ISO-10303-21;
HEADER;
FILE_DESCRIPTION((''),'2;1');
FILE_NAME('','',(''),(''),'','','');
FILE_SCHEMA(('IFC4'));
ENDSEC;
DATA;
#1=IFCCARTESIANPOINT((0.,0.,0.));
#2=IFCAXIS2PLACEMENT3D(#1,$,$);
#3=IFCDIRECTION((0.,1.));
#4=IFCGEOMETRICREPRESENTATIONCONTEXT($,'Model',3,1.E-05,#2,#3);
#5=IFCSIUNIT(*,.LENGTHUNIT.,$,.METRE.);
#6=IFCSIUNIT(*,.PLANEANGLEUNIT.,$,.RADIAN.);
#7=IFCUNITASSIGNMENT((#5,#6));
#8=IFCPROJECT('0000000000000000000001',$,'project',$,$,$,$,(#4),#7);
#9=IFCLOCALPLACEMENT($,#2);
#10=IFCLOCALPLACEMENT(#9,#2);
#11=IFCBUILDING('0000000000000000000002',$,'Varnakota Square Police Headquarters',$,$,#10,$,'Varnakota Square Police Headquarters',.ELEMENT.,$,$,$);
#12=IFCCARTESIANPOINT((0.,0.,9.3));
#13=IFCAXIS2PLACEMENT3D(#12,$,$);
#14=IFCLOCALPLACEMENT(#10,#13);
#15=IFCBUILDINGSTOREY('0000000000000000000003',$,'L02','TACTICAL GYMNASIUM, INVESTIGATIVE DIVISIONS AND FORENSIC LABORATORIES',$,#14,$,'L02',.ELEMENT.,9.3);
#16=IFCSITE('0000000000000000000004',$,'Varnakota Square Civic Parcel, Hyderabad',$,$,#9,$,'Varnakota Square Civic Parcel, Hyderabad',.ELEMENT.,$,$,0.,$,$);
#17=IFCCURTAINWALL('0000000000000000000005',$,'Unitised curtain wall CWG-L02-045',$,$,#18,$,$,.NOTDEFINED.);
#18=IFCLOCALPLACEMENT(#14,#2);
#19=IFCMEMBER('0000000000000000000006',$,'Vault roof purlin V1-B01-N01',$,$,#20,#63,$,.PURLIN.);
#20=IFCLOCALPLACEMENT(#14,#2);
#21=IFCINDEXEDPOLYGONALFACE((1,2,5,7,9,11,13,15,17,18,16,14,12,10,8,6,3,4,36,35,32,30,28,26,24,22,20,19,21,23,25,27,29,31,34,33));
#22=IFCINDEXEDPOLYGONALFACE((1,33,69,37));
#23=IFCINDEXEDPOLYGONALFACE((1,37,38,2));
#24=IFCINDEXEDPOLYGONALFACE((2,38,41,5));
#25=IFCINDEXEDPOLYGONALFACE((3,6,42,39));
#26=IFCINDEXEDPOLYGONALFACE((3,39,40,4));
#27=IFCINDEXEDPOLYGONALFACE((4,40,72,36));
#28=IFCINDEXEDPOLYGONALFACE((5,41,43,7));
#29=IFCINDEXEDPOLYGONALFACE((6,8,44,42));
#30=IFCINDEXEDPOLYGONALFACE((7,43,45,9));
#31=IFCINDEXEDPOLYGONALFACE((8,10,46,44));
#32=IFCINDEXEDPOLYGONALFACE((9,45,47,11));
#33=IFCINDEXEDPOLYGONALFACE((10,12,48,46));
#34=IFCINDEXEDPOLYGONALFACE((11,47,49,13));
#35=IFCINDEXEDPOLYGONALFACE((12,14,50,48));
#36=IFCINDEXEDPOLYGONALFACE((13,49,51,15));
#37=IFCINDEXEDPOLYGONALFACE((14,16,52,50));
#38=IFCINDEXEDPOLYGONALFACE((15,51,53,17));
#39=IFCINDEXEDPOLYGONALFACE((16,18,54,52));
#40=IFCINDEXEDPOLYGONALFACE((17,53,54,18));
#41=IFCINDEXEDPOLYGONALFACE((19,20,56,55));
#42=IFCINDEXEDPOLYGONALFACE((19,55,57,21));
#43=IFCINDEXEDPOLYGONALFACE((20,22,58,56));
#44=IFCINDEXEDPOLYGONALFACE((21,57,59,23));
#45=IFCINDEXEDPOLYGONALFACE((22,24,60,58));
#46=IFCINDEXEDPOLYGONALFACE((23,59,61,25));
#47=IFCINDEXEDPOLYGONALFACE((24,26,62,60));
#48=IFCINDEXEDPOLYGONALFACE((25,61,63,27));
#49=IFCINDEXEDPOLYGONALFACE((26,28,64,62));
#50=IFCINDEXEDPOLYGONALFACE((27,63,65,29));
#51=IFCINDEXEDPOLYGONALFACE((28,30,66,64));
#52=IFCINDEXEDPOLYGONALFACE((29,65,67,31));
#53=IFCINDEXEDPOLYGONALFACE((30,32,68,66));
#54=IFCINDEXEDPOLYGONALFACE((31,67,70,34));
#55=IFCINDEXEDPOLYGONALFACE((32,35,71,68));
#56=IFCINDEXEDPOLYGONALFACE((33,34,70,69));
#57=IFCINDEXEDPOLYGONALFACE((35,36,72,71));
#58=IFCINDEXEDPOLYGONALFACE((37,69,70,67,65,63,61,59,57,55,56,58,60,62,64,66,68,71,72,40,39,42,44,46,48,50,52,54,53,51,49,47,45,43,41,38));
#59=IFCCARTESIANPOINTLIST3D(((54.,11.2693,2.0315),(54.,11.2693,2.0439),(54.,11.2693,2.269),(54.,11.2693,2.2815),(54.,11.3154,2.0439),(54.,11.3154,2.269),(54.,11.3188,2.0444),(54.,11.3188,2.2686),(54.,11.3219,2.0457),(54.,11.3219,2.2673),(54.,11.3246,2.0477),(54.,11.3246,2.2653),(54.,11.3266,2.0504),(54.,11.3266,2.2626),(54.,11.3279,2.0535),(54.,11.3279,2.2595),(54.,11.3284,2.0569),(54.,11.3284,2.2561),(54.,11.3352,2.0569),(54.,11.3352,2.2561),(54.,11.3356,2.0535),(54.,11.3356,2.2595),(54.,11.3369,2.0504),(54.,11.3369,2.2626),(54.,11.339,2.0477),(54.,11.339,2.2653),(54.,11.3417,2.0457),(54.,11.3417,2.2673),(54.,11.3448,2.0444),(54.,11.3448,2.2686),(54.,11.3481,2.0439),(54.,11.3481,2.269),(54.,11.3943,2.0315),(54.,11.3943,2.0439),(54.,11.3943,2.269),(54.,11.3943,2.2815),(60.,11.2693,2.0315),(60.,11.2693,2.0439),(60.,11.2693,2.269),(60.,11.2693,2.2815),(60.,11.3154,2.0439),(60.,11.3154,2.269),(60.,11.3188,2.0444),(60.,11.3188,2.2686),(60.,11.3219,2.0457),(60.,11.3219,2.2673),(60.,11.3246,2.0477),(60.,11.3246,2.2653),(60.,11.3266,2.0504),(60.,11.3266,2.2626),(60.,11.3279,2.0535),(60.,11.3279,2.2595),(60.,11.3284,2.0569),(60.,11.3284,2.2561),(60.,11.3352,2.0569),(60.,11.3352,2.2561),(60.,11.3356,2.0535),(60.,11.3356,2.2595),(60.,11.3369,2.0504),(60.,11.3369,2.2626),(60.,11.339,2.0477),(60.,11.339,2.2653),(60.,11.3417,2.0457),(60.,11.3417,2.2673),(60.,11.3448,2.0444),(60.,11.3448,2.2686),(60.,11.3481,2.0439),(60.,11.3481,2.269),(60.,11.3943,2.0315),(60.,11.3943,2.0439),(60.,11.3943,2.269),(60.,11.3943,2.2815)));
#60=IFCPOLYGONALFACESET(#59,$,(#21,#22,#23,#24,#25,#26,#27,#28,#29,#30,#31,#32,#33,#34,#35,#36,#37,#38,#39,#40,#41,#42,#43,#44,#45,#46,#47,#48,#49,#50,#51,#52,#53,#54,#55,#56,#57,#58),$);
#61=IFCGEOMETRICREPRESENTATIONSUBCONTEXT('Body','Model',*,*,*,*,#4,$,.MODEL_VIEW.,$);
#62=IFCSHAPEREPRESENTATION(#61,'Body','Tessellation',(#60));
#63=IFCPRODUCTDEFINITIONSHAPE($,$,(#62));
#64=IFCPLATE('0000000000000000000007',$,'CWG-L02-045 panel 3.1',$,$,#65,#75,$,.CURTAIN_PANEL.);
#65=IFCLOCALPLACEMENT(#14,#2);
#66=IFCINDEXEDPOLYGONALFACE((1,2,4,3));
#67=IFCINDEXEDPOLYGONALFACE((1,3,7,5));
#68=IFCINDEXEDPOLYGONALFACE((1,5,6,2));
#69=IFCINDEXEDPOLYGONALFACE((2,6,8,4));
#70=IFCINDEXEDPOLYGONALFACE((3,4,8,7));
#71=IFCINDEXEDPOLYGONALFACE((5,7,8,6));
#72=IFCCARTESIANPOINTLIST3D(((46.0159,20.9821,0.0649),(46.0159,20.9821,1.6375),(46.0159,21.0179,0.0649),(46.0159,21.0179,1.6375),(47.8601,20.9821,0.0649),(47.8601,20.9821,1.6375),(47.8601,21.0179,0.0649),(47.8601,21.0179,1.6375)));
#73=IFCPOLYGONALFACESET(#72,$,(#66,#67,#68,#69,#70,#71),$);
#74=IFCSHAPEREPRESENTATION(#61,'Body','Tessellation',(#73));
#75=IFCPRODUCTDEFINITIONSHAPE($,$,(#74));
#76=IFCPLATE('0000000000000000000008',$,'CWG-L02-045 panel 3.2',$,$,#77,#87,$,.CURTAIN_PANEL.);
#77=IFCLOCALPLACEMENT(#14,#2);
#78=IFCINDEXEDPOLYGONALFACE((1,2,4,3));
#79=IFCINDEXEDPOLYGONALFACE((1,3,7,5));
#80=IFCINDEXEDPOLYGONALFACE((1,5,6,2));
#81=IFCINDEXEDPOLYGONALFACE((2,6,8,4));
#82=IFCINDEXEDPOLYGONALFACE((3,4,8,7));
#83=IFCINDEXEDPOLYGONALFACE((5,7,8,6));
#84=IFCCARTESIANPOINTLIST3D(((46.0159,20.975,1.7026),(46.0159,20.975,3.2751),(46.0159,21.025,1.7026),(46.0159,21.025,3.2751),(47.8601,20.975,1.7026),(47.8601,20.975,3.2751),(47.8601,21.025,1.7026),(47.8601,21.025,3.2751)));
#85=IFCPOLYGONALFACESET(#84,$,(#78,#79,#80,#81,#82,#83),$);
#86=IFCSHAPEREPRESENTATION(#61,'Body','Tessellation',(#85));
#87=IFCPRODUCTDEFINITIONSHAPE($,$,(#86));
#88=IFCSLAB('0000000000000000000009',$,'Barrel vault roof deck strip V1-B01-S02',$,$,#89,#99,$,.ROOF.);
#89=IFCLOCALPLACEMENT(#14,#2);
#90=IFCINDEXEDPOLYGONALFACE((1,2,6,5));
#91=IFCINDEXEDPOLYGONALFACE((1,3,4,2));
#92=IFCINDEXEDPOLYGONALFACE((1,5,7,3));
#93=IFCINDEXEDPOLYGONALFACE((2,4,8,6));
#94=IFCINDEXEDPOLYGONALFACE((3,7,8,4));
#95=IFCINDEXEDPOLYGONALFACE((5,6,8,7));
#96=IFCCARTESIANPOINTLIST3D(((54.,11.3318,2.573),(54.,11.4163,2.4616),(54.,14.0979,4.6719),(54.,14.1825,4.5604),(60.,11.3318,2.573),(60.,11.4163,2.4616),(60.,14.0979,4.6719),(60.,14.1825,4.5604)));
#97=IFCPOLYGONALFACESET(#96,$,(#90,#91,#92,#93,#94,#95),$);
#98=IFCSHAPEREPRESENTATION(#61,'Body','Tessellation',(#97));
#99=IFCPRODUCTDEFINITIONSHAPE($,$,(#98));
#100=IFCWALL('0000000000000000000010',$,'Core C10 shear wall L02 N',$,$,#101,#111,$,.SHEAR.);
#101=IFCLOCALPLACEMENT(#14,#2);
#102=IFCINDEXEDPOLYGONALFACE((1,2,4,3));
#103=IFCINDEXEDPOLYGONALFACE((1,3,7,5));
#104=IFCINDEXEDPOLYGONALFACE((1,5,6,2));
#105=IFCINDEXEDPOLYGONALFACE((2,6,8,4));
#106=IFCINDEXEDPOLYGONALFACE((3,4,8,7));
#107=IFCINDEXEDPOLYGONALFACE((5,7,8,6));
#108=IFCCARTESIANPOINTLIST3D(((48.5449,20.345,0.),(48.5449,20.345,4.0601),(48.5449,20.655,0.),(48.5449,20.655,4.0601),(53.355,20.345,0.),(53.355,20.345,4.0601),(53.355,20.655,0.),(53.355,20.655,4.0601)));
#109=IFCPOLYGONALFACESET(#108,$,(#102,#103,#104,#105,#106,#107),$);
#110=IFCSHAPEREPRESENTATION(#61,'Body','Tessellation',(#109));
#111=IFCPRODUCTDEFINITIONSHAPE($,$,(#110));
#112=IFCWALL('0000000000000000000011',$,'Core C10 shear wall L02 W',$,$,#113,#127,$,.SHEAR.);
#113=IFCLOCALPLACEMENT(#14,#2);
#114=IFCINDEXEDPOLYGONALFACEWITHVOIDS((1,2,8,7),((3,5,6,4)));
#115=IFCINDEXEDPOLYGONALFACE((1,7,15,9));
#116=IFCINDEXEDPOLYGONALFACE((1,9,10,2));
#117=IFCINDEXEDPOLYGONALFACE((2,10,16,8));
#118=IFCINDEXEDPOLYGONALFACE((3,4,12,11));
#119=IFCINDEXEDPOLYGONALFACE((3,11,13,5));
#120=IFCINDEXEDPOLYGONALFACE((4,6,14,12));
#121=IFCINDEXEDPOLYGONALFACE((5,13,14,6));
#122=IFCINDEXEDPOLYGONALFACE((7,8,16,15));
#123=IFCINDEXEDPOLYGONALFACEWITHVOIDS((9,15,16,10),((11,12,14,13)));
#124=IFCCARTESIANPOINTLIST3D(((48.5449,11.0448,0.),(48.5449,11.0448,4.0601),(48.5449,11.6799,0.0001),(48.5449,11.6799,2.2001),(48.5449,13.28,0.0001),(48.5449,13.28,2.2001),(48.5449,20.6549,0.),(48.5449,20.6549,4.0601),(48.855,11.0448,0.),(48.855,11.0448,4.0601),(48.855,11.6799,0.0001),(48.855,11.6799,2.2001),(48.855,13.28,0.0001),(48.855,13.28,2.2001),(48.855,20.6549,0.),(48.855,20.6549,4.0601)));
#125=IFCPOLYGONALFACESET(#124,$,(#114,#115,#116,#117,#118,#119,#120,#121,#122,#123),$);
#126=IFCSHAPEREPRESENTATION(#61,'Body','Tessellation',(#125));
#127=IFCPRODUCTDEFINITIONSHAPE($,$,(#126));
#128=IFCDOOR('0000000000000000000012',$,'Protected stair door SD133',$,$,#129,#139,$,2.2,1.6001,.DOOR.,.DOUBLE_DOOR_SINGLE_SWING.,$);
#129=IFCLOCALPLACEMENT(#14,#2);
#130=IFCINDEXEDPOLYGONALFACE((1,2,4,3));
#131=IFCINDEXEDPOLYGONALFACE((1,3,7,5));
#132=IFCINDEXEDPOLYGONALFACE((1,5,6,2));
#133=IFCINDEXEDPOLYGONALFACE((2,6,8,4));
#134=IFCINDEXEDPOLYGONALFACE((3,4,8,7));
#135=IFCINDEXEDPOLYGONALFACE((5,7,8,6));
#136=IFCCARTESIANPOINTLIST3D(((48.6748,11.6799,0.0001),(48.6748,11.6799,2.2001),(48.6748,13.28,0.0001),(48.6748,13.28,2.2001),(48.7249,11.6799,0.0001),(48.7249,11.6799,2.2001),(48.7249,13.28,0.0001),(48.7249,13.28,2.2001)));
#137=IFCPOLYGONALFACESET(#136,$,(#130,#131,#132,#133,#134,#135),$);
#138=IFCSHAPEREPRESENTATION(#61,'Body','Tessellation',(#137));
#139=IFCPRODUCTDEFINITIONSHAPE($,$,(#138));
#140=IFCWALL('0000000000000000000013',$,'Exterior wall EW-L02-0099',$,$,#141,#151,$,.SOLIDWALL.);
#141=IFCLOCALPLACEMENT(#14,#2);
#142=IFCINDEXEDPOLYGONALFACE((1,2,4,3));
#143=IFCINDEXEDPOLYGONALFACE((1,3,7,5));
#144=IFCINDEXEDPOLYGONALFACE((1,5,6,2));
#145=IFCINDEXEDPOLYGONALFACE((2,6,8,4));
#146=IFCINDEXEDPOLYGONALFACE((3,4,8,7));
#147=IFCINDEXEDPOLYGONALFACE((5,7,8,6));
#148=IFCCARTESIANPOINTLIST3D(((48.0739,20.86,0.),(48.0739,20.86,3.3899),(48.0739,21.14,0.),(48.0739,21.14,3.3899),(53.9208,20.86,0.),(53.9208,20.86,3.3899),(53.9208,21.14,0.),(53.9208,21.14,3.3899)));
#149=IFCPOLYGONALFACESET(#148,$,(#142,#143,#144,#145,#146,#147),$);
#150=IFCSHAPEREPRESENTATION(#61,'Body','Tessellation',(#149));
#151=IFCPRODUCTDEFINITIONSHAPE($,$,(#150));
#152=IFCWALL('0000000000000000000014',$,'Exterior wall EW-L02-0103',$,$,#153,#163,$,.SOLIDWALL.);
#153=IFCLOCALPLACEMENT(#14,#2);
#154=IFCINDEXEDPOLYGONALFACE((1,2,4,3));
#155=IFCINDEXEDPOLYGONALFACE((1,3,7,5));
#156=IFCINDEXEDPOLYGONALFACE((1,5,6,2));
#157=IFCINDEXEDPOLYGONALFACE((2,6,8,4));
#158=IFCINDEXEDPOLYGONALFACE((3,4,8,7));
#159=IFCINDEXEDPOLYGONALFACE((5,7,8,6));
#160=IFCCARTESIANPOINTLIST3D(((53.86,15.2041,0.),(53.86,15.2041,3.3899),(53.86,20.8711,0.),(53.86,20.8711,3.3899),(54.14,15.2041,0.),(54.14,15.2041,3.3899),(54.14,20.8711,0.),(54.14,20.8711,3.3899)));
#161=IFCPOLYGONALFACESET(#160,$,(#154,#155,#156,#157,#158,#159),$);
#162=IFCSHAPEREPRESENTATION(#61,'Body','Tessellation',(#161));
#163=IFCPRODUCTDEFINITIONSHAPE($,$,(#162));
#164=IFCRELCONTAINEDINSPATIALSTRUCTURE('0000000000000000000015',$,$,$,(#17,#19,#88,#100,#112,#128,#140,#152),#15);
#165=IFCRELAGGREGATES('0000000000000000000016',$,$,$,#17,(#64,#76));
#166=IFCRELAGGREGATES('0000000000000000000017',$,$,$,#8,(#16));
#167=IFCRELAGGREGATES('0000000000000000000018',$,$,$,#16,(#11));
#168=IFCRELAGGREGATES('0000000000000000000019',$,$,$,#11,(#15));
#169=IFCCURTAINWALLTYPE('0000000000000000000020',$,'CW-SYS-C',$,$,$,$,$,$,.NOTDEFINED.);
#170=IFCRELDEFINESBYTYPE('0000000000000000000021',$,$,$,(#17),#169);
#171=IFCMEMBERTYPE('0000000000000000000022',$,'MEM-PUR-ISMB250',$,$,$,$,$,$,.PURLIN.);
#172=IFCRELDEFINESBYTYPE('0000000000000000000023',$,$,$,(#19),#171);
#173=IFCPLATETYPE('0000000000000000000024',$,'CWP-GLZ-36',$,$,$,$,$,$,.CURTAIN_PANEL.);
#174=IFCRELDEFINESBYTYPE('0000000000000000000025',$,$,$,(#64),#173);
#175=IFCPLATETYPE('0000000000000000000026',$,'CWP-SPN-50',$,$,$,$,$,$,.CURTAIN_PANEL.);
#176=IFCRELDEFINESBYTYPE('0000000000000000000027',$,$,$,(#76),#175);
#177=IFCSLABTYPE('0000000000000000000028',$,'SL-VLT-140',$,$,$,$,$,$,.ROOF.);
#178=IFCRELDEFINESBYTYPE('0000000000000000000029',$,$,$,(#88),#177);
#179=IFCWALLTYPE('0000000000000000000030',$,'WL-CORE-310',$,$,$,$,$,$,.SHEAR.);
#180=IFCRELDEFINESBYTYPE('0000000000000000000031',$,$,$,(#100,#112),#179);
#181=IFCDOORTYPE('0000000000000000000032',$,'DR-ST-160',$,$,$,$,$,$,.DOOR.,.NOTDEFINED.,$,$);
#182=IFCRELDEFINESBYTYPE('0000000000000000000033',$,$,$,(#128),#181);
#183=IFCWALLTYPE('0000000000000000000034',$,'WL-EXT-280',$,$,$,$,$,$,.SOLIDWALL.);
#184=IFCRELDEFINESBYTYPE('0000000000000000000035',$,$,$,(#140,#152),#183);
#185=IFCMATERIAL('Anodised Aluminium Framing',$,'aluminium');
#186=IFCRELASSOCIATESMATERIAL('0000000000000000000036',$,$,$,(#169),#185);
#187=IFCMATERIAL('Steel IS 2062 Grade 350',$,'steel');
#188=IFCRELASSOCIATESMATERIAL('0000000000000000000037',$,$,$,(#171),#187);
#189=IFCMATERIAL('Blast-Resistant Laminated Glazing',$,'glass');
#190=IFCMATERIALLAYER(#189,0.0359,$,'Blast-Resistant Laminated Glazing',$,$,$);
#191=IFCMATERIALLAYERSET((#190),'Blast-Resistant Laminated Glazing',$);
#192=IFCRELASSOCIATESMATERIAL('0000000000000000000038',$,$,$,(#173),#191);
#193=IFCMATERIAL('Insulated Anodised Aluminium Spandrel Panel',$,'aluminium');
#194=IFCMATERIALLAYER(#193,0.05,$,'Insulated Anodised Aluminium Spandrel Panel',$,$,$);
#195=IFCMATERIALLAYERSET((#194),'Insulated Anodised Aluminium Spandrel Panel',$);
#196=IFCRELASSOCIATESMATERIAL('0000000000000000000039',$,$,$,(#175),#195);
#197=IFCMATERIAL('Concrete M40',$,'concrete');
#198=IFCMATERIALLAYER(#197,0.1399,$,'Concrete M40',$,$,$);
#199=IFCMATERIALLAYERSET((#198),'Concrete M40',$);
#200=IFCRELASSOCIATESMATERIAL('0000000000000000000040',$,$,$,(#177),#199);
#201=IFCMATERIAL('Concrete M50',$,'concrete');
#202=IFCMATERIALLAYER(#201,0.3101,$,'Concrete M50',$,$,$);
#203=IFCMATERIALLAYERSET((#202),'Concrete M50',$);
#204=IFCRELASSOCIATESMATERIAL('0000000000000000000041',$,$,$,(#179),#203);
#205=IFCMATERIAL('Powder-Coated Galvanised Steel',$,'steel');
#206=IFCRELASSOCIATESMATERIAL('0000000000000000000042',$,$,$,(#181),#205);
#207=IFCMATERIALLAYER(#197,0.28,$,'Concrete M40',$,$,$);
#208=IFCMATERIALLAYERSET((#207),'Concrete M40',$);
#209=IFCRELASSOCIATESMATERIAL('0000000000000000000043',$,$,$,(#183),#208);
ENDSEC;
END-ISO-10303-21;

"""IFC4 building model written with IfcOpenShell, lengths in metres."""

from ifc_helpers import new_model, si_unit, direction, frame, frame_2d, origin, origin_2d, place, context, subcontext, project, spatial, polyline, rectangle, i_section, outline, extrude, material, layer, layer_set, material_profile, profile_set, type_object, element, fill, aggregate, save


model = new_model("IFC4")

# Units and contexts
model_context = context("Model", 3, precision=1e-05, world=origin(), true_north=direction((0.0, 1.0)))
body_context = subcontext(model_context, "Body", "Model", "MODEL_VIEW")
ifc_project = project(units=[si_unit("LENGTHUNIT", "METRE"), si_unit("PLANEANGLEUNIT", "RADIAN")], contexts=[model_context])

# Site, building, storey
site_placement = place(None, origin())
site = spatial("IfcSite", under=ifc_project, at=site_placement, Name="Varnakota Square Civic Parcel, Hyderabad", LongName="Varnakota Square Civic Parcel, Hyderabad", CompositionType="ELEMENT", RefElevation=0.0)
building_placement = place(site_placement, origin())
building = spatial("IfcBuilding", under=site, at=building_placement, Name="Varnakota Square Police Headquarters", LongName="Varnakota Square Police Headquarters", CompositionType="ELEMENT")
storey_placement = place(building_placement, frame((0.0, 0.0, 9.3)))
storey = spatial("IfcBuildingStorey", under=building, at=storey_placement, Name="L02", Description="TACTICAL GYMNASIUM, INVESTIGATIVE DIVISIONS AND FORENSIC LABORATORIES", LongName="L02", CompositionType="ELEMENT", Elevation=9.3)

# Shared definitions
ifc_material_1 = material(Name="Steel IS 2062 Grade 350", Category="steel")

# Curtain wall
ifc_material_2 = material(Name="Anodised Aluminium Framing", Category="aluminium")
curtain_wall_type = type_object("IfcCurtainWallType", Name="CW-SYS-C", PredefinedType="NOTDEFINED", material=ifc_material_2)
curtain_wall_placement = place(storey_placement, origin())
curtain_wall = element("IfcCurtainWall", 1, at=curtain_wall_placement, inside=storey, type_object=curtain_wall_type, Name="Unitised curtain wall CWG-L02-045", PredefinedType="NOTDEFINED")

# Member
ifc_material_profile_1 = material_profile(ifc_material_1, i_section(OverallWidth=0.125, OverallDepth=0.25, WebThickness=0.0068, FlangeThickness=0.0125, FilletRadius=0.0129, at=origin_2d()), Name="ISMB 250")
ifc_profile_set_1 = profile_set([ifc_material_profile_1], Name="Steel IS 2062 Grade 350")
member_type_1 = type_object("IfcMemberType", Name="MEM-PUR-ISMB250", PredefinedType="PURLIN", material=ifc_profile_set_1)
member_1_placement = place(storey_placement, frame((54.0, 11.3318, 2.1565), z_axis=(1.0, 0.0, 0.0), x_axis=(0.0, 1.0, 0.0)))
element("IfcMember", 2, at=member_1_placement, inside=storey, type_object=member_type_1, Name="Vault roof purlin V1-B01-N01", PredefinedType="PURLIN", context=body_context, shape_type="SweptSolid", body=[
    extrude(i_section(OverallWidth=0.125, OverallDepth=0.25, WebThickness=0.0068, FlangeThickness=0.0125, FilletRadius=0.0129, at=origin_2d()), origin(), (0.0, 0.0, 1.0), 6.0),
])

# Plates
ifc_material_3 = material(Name="Blast-Resistant Laminated Glazing", Category="glass")
ifc_layer_1 = layer(ifc_material_3, 0.0359, Name="Blast-Resistant Laminated Glazing")
ifc_layer_set_1 = layer_set([ifc_layer_1], Name="Blast-Resistant Laminated Glazing")
plate_type_1 = type_object("IfcPlateType", Name="CWP-GLZ-36", PredefinedType="CURTAIN_PANEL", material=ifc_layer_set_1)
plate_1_placement = place(storey_placement, frame((46.938, 21.0, 0.0649), z_axis=(0.0, 0.0, 1.0), x_axis=(1.0, 0.0, 0.0)))
plate_1 = element("IfcPlate", 3, at=plate_1_placement, type_object=plate_type_1, Name="CWG-L02-045 panel 3.1", PredefinedType="CURTAIN_PANEL", context=body_context, shape_type="SweptSolid", body=[
    extrude(rectangle(XDim=1.8442, YDim=0.0359, at=origin_2d()), origin(), (0.0, 0.0, 1.0), 1.5725),
])
ifc_material_4 = material(Name="Insulated Anodised Aluminium Spandrel Panel", Category="aluminium")
ifc_layer_2 = layer(ifc_material_4, 0.05, Name="Insulated Anodised Aluminium Spandrel Panel")
ifc_layer_set_2 = layer_set([ifc_layer_2], Name="Insulated Anodised Aluminium Spandrel Panel")
plate_type_2 = type_object("IfcPlateType", Name="CWP-SPN-50", PredefinedType="CURTAIN_PANEL", material=ifc_layer_set_2)
plate_2_placement = place(storey_placement, frame((46.938, 21.0, 1.7026), z_axis=(0.0, 0.0, 1.0), x_axis=(1.0, 0.0, 0.0)))
plate_2 = element("IfcPlate", 4, at=plate_2_placement, type_object=plate_type_2, Name="CWG-L02-045 panel 3.2", PredefinedType="CURTAIN_PANEL", context=body_context, shape_type="SweptSolid", body=[
    extrude(rectangle(XDim=1.8442, YDim=0.05, at=origin_2d()), origin(), (0.0, 0.0, 1.0), 1.5725),
])
aggregate(curtain_wall, [plate_1, plate_2])

# Slab
ifc_material_5 = material(Name="Concrete M40", Category="concrete")
ifc_layer_3 = layer(ifc_material_5, 0.1399, Name="Concrete M40")
ifc_layer_set_3 = layer_set([ifc_layer_3], Name="Concrete M40")
slab_type = type_object("IfcSlabType", Name="SL-VLT-140", PredefinedType="ROOF", material=ifc_layer_set_3)
slab_placement = place(storey_placement, frame((54.0, 11.3318, 2.573), z_axis=(0.0, -0.604468, 0.796629), x_axis=(1.0, 0.0, 0.0)))
element("IfcSlab", 5, at=slab_placement, inside=storey, type_object=slab_type, Name="Barrel vault roof deck strip V1-B01-S02", PredefinedType="ROOF", context=body_context, shape_type="SweptSolid", body=[
    extrude(outline(polyline([(0.0, 0.0), (6.0, 0.0), (6.0, 3.4723), (0.0, 3.4723), (0.0, 0.0)])), origin(), (0.0, 0.0, -1.0), 0.1399),
])

# Wall
ifc_material_6 = material(Name="Concrete M50", Category="concrete")
ifc_layer_4 = layer(ifc_material_6, 0.3101, Name="Concrete M50")
ifc_layer_set_4 = layer_set([ifc_layer_4], Name="Concrete M50")
wall_type_1 = type_object("IfcWallType", Name="WL-CORE-310", PredefinedType="SHEAR", material=ifc_layer_set_4)
wall_1_placement = place(storey_placement, frame((53.355, 20.5, 0.0), z_axis=(0.0, 0.0, 1.0), x_axis=(-1.0, 0.0, 0.0)))
element("IfcWall", 6, at=wall_1_placement, inside=storey, type_object=wall_type_1, Name="Core C10 shear wall L02 N", PredefinedType="SHEAR", context=body_context, shape_type="SweptSolid", body=[
    extrude(rectangle(XDim=4.8101, YDim=0.3101, at=frame_2d((2.405, 0.0))), origin(), (0.0, 0.0, 1.0), 4.0601),
])

# Wall, opening, door
wall_2_placement = place(storey_placement, frame((48.7, 20.655, 0.0), z_axis=(0.0, 0.0, 1.0), x_axis=(0.0, -1.0, 0.0)))
wall_2 = element("IfcWall", 7, at=wall_2_placement, inside=storey, type_object=wall_type_1, Name="Core C10 shear wall L02 W", PredefinedType="SHEAR", context=body_context, shape_type="SweptSolid", body=[
    extrude(rectangle(XDim=9.6101, YDim=0.3101, at=frame_2d((4.8052, 0.0))), origin(), (0.0, 0.0, 1.0), 4.0601),
])
opening_placement = place(wall_2_placement, frame((7.375, 0.0, 0.0)))
opening = element("IfcOpeningElement", 8, at=opening_placement, cuts=wall_2, PredefinedType="OPENING", context=body_context, shape_type="SweptSolid", body=[
    extrude(rectangle(XDim=1.6001, YDim=2.2, at=frame_2d((0.8, 1.1001))), frame((0.0, 0.165, 0.0), z_axis=(0.0, -1.0, 0.0), x_axis=(1.0, 0.0, 0.0)), (0.0, 0.0, 1.0), 0.3301),
])
ifc_material_7 = material(Name="Powder-Coated Galvanised Steel", Category="steel")
door_type = type_object("IfcDoorType", Name="DR-ST-160", OperationType="NOTDEFINED", PredefinedType="DOOR", material=ifc_material_7)
door_placement = place(opening_placement, origin())
door = element("IfcDoor", 9, at=door_placement, inside=storey, type_object=door_type, Name="Protected stair door SD133", OperationType="DOUBLE_DOOR_SINGLE_SWING", OverallHeight=2.2, OverallWidth=1.6001, PredefinedType="DOOR", context=body_context, shape_type="SweptSolid", body=[
    extrude(rectangle(XDim=1.6001, YDim=2.2, at=frame_2d((0.8, 1.1001))), frame((0.0, 0.0249, 0.0), z_axis=(0.0, -1.0, 0.0), x_axis=(1.0, 0.0, 0.0)), (0.0, 0.0, 1.0), 0.05),
])
fill(opening, door)

# Walls
ifc_layer_5 = layer(ifc_material_5, 0.28, Name="Concrete M40")
ifc_layer_set_5 = layer_set([ifc_layer_5], Name="Concrete M40")
wall_type_2 = type_object("IfcWallType", Name="WL-EXT-280", PredefinedType="SOLIDWALL", material=ifc_layer_set_5)
wall_3_placement = place(storey_placement, frame((48.074, 21.0, 0.0), z_axis=(0.0, 0.0, 1.0), x_axis=(1.0, 0.0, 0.0)))
element("IfcWall", 10, at=wall_3_placement, inside=storey, type_object=wall_type_2, Name="Exterior wall EW-L02-0099", PredefinedType="SOLIDWALL", context=body_context, shape_type="SweptSolid", body=[
    extrude(rectangle(XDim=5.8469, YDim=0.28, at=frame_2d((2.9233, 0.0))), origin(), (0.0, 0.0, 1.0), 3.3899),
])
wall_4_placement = place(storey_placement, frame((54.0, 15.2041, 0.0), z_axis=(0.0, 0.0, 1.0), x_axis=(0.0, 1.0, 0.0)))
element("IfcWall", 11, at=wall_4_placement, inside=storey, type_object=wall_type_2, Name="Exterior wall EW-L02-0103", PredefinedType="SOLIDWALL", context=body_context, shape_type="SweptSolid", body=[
    extrude(rectangle(XDim=5.667, YDim=0.28, at=frame_2d((2.8335, 0.0))), origin(), (0.0, 0.0, 1.0), 3.3899),
])

save(model, "model.ifc")
